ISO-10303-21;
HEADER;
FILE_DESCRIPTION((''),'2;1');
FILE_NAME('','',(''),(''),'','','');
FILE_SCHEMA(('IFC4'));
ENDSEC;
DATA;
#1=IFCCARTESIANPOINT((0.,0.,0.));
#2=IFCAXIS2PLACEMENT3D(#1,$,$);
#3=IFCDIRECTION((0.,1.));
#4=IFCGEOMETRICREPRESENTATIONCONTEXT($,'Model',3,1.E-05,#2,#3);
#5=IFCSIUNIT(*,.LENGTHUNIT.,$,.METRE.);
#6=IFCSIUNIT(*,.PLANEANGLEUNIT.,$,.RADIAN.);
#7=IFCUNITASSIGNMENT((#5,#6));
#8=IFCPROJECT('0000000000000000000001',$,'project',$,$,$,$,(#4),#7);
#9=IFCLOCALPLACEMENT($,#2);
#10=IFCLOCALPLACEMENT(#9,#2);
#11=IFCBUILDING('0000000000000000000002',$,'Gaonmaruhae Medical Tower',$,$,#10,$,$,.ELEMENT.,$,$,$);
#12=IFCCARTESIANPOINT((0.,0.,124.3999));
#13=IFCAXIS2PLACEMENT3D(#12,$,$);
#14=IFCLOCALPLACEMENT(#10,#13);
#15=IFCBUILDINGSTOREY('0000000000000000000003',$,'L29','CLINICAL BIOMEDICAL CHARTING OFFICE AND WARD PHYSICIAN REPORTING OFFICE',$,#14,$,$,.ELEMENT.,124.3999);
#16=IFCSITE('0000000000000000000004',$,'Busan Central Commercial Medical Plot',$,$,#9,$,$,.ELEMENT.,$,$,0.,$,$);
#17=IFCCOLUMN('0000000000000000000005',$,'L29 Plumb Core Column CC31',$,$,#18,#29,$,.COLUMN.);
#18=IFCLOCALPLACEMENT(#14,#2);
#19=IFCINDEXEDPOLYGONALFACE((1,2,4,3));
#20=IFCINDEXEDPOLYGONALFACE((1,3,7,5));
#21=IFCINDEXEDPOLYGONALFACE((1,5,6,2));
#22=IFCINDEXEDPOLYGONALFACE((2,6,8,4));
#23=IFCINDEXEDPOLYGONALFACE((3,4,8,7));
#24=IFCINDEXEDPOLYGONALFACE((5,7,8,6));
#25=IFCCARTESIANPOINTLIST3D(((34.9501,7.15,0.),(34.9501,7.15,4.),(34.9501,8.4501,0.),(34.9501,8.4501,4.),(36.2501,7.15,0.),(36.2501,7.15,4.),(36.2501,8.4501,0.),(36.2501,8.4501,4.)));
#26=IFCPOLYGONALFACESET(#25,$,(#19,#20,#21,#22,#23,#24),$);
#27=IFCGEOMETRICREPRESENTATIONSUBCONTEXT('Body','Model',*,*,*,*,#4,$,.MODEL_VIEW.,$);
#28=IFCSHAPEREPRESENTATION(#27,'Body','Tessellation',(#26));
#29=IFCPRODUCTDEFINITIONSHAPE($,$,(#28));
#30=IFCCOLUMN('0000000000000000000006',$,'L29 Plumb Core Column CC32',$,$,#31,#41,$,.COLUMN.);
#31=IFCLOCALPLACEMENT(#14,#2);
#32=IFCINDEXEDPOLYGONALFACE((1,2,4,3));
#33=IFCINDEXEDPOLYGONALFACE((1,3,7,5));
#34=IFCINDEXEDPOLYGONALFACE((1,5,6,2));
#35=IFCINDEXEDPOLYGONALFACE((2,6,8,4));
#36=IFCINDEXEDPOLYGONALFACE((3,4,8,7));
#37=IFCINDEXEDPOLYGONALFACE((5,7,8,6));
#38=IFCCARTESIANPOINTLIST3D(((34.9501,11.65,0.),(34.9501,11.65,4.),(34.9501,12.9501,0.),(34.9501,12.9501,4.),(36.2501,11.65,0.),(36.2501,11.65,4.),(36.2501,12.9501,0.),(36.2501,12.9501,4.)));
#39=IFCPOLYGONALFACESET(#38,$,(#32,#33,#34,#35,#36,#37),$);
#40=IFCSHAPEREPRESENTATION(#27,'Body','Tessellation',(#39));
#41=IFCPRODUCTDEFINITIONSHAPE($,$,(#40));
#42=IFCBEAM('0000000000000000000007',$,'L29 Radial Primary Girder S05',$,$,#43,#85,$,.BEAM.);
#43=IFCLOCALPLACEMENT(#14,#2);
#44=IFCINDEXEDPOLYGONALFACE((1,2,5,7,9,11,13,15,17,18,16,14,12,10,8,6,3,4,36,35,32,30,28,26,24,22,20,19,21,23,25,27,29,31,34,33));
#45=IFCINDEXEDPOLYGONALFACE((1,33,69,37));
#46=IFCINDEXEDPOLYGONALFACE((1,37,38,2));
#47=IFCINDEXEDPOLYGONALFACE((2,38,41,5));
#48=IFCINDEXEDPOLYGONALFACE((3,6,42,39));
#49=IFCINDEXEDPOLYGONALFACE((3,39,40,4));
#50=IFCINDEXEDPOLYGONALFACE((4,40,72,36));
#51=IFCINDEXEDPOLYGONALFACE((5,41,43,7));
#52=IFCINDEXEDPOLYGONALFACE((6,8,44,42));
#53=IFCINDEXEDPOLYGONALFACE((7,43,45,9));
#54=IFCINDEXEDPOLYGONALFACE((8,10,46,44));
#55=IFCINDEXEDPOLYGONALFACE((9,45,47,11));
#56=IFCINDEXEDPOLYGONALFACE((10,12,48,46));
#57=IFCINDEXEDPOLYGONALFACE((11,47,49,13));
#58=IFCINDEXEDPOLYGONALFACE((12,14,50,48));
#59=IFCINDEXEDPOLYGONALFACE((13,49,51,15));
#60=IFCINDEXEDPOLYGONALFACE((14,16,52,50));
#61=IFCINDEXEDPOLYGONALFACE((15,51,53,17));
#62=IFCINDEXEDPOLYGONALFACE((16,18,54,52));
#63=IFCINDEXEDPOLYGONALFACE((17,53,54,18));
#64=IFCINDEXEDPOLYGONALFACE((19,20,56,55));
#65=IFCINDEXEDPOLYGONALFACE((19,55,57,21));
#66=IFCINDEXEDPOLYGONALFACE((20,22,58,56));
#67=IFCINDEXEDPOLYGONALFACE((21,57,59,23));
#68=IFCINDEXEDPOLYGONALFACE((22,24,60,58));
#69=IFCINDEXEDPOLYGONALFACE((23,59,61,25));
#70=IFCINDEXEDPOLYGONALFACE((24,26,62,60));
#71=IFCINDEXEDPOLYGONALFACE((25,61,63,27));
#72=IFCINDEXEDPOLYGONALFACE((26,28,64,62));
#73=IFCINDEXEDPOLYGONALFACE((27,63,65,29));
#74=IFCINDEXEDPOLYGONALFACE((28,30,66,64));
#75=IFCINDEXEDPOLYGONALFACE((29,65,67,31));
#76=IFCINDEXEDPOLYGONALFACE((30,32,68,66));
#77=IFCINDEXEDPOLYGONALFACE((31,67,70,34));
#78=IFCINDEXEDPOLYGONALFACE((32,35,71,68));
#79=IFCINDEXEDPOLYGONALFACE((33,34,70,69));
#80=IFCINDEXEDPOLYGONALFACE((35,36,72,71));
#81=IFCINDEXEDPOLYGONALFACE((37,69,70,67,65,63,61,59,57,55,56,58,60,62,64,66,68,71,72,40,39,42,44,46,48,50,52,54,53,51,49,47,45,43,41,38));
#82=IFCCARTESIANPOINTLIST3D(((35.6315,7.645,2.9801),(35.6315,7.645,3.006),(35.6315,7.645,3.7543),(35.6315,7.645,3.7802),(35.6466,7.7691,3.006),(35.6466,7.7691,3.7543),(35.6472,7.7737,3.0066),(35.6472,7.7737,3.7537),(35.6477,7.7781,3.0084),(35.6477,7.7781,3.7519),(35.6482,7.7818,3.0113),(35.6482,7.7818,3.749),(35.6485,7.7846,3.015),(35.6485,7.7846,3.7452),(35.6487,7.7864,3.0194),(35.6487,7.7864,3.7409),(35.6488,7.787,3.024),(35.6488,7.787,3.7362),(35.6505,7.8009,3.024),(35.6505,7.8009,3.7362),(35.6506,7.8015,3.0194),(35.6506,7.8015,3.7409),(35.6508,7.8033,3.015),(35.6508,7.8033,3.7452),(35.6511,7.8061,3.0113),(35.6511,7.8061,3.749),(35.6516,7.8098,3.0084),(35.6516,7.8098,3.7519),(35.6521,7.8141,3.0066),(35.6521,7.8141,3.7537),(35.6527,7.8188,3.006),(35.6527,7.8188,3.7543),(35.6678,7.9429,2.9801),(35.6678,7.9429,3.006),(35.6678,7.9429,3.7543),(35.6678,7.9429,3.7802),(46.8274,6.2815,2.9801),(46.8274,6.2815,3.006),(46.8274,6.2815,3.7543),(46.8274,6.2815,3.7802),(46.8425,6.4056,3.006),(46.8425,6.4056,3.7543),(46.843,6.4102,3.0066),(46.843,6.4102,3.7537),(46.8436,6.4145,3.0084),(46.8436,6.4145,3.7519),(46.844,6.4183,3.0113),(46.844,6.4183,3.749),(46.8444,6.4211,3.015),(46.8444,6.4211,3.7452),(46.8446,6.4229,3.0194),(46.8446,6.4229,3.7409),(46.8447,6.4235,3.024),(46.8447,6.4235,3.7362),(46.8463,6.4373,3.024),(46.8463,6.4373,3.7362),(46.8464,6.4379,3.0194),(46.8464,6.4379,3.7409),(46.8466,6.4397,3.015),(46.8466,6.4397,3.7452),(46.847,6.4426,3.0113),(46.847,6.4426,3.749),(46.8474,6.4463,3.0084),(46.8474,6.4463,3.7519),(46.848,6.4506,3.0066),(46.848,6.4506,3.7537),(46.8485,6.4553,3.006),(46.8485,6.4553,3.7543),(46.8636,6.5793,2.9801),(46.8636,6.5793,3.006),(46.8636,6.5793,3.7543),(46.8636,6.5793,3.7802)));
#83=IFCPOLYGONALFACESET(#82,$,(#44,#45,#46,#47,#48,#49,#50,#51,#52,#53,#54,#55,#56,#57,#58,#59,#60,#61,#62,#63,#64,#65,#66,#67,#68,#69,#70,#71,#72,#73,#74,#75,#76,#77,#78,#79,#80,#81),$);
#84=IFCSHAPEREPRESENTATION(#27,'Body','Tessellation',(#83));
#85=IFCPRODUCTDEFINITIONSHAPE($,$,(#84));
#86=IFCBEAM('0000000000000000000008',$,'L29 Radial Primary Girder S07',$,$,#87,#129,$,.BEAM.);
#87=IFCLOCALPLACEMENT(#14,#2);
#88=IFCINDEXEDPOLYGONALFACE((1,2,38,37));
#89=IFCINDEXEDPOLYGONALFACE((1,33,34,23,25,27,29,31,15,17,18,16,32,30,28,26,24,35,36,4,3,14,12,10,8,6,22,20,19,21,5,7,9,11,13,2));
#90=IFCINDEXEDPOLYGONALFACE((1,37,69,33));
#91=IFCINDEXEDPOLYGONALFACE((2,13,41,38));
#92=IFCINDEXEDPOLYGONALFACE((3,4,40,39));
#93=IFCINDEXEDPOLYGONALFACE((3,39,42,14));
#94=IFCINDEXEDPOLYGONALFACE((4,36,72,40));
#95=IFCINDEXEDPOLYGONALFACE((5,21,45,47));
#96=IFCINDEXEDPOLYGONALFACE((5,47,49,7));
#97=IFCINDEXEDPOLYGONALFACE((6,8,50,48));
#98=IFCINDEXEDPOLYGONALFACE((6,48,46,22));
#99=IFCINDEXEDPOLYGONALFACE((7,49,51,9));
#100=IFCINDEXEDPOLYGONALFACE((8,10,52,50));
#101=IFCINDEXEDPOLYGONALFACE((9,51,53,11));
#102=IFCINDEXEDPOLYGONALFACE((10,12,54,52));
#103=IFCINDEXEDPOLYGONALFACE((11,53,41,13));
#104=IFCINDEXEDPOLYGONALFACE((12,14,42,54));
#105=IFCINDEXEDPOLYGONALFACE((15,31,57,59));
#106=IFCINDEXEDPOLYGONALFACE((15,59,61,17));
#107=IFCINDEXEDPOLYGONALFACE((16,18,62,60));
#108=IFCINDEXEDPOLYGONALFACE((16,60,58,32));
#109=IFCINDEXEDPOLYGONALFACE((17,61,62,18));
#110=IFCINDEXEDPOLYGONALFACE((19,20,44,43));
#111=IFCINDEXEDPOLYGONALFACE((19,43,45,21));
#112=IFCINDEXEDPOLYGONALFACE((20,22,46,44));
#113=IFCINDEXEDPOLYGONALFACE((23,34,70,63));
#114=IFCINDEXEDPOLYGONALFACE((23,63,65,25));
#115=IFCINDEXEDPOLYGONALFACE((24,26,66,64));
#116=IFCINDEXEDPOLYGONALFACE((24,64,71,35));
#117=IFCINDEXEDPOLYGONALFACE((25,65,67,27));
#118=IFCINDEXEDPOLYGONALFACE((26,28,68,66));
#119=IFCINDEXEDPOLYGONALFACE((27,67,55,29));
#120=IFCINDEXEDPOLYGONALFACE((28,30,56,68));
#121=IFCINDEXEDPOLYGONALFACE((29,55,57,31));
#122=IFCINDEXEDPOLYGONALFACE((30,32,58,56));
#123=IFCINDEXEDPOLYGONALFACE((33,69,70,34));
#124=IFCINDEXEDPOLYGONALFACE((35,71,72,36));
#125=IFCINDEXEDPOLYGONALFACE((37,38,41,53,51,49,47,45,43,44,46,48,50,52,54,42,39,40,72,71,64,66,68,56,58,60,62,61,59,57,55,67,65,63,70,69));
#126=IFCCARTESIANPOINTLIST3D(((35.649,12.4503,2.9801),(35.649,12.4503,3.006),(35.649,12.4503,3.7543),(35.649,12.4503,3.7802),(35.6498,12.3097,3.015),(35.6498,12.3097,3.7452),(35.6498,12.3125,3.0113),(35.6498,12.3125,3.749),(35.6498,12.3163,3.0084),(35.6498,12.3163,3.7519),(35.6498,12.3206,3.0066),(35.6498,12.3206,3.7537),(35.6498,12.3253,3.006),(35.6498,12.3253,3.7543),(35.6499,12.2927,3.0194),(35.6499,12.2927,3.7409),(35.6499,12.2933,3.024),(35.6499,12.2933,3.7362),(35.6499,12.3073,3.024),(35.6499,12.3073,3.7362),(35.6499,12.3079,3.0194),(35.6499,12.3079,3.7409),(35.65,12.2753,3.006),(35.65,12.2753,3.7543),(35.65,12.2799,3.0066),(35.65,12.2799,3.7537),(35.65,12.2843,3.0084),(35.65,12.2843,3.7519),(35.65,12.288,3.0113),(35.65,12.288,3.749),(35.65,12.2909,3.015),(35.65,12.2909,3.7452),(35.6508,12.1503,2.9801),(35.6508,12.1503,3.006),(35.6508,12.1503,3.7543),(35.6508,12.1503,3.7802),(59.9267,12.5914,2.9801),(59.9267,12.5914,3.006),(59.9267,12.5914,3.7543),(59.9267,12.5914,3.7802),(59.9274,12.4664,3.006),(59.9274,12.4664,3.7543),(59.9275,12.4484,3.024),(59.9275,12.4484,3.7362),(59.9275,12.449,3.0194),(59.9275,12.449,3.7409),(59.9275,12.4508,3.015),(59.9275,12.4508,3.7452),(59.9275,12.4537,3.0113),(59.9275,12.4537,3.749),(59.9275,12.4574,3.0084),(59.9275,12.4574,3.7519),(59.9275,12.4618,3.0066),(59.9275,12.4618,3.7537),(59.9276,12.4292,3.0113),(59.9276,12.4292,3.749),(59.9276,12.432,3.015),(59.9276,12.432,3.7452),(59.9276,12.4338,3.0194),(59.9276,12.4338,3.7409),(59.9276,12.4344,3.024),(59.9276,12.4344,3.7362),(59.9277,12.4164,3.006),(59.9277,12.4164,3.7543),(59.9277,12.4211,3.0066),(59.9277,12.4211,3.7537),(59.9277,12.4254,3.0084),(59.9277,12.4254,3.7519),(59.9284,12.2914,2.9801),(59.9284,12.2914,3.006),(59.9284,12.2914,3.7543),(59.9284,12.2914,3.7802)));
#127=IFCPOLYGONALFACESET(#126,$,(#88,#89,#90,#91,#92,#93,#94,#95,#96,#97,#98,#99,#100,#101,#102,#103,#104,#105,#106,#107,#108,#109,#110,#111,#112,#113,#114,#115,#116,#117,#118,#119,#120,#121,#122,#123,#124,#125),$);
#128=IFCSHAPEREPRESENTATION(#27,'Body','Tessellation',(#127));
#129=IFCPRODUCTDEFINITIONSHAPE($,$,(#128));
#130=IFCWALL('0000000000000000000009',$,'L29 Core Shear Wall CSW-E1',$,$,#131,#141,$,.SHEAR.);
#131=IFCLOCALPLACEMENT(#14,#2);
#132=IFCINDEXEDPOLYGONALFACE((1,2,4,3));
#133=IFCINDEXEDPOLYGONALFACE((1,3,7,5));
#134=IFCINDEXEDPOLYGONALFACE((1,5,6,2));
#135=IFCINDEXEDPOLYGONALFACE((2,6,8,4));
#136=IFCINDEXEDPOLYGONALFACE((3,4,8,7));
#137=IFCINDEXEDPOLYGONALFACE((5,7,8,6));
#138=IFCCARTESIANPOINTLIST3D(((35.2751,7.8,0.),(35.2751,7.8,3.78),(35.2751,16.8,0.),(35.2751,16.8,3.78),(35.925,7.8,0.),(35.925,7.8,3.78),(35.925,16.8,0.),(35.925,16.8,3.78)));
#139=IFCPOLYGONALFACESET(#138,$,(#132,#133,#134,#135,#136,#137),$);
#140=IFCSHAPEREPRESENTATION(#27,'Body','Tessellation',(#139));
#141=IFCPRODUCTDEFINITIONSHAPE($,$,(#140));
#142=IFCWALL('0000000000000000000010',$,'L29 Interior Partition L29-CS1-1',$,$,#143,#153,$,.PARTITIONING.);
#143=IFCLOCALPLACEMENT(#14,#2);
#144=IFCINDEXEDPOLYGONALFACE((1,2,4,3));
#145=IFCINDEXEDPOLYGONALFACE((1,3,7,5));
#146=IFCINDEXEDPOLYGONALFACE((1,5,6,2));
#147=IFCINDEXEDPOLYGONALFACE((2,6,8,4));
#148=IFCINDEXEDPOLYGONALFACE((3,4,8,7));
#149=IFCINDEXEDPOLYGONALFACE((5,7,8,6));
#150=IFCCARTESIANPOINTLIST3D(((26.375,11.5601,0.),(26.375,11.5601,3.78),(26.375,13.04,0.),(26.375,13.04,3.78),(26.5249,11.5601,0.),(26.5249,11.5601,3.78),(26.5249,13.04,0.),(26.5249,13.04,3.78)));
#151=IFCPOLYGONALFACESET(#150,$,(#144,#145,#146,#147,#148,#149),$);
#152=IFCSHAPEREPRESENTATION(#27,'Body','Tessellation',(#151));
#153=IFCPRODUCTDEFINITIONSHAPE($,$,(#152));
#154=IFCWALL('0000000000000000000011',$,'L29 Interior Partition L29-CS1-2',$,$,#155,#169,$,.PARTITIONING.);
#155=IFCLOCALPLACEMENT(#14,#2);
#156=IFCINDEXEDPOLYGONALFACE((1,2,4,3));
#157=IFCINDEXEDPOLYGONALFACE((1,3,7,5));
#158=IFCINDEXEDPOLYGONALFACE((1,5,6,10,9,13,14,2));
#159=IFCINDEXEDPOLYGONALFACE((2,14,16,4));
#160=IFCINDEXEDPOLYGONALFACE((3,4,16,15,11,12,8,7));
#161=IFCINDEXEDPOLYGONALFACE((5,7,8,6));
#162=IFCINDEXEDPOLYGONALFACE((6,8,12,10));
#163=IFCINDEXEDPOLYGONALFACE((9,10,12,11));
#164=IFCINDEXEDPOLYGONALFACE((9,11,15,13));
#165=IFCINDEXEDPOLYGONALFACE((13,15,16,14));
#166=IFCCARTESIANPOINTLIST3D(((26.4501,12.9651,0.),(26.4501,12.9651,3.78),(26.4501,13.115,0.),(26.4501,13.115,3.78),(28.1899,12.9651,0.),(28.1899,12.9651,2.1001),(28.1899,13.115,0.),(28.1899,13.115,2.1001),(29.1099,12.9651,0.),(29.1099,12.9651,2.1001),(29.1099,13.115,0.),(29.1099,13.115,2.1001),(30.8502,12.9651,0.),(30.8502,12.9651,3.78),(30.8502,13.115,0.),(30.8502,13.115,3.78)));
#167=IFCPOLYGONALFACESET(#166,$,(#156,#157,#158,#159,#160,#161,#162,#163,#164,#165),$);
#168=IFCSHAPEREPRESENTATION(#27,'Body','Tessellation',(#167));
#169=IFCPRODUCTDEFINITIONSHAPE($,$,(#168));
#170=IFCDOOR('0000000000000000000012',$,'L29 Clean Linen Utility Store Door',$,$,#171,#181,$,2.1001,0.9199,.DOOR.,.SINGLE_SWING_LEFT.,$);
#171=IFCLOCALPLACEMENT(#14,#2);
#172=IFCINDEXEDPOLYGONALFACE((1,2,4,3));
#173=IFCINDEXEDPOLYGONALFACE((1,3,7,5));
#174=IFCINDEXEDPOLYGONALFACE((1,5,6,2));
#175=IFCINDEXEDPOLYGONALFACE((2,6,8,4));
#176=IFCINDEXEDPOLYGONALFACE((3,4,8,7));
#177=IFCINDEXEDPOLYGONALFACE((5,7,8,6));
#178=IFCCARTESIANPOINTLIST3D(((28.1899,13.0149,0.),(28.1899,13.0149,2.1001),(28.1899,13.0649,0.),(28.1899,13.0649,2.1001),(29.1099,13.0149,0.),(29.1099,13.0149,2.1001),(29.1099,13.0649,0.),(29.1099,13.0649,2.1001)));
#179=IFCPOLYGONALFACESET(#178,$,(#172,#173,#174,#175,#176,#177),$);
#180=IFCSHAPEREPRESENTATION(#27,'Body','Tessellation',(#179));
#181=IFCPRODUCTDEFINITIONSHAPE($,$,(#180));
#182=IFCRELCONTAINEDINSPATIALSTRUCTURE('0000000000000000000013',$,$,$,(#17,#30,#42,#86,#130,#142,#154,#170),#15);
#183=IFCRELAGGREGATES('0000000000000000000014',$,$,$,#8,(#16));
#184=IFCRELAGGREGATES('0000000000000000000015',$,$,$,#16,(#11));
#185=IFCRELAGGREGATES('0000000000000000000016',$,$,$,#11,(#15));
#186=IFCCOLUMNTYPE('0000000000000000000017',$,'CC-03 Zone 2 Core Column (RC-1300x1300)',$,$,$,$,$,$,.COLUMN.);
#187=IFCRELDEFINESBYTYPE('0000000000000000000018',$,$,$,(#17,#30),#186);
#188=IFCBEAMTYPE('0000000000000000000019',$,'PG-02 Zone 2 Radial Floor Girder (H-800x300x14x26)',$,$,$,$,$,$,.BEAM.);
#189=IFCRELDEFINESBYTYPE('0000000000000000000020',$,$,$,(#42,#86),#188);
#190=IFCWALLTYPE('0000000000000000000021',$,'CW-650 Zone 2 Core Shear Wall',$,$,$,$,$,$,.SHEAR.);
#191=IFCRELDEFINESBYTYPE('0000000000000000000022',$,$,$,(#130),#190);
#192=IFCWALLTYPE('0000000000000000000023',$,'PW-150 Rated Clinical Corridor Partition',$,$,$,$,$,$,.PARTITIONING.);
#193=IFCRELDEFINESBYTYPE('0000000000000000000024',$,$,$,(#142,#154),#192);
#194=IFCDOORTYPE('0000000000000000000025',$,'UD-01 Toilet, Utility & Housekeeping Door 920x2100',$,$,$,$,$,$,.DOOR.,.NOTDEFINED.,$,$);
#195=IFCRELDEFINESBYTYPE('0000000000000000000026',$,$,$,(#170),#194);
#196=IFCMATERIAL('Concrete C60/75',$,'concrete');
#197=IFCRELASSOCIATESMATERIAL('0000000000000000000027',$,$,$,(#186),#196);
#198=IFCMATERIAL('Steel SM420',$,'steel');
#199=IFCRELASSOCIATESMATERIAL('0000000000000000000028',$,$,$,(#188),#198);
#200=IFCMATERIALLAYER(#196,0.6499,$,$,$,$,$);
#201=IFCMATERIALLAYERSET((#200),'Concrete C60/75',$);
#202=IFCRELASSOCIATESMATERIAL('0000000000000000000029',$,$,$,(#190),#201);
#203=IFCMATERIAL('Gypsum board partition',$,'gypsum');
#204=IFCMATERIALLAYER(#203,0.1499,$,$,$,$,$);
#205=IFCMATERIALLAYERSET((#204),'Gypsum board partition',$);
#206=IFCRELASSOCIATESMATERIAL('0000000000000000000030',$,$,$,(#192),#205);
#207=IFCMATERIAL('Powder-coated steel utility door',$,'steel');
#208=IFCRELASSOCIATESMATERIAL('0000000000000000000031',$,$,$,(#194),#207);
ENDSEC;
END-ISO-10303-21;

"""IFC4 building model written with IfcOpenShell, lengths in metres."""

from ifc_helpers import new_model, si_unit, direction, frame, frame_2d, origin, origin_2d, place, context, subcontext, project, spatial, rectangle, i_section, extrude, material, layer, layer_set, material_profile, profile_set, type_object, element, fill, save


model = new_model("IFC4")

# Units and contexts
model_context = context("Model", 3, precision=1e-05, world=origin(), true_north=direction((0.0, 1.0)))
body_context = subcontext(model_context, "Body", "Model", "MODEL_VIEW")
ifc_project = project(units=[si_unit("LENGTHUNIT", "METRE"), si_unit("PLANEANGLEUNIT", "RADIAN")], contexts=[model_context])

# Site, building, storey
site_placement = place(None, origin())
site = spatial("IfcSite", under=ifc_project, at=site_placement, Name="Busan Central Commercial Medical Plot", CompositionType="ELEMENT", RefElevation=0.0)
building_placement = place(site_placement, origin())
building = spatial("IfcBuilding", under=site, at=building_placement, Name="Gaonmaruhae Medical Tower", CompositionType="ELEMENT")
storey_placement = place(building_placement, frame((0.0, 0.0, 124.3999)))
storey = spatial("IfcBuildingStorey", under=building, at=storey_placement, Name="L29", Description="CLINICAL BIOMEDICAL CHARTING OFFICE AND WARD PHYSICIAN REPORTING OFFICE", CompositionType="ELEMENT", Elevation=124.3999)

# Columns
ifc_material_1 = material(Name="Concrete C60/75", Category="concrete")
ifc_material_profile_1 = material_profile(ifc_material_1, rectangle(XDim=1.3, YDim=1.3, at=origin_2d()), Name="RC-1300x1300")
ifc_profile_set_1 = profile_set([ifc_material_profile_1], Name="Concrete C60/75")
column_type = type_object("IfcColumnType", Name="CC-03 Zone 2 Core Column (RC-1300x1300)", PredefinedType="COLUMN", material=ifc_profile_set_1)
for number, where, z_axis, x_axis, name in (
    (1, (35.6001, 7.8, 0.0), (0.0, 0.0, 1.0), (1.0, 0.0, 0.0), "L29 Plumb Core Column CC31"),
    (2, (35.6001, 12.3, 0.0), (0.0, 0.0, 1.0), (1.0, 0.0, 0.0), "L29 Plumb Core Column CC32"),
):
    element("IfcColumn", number, at=place(storey_placement, frame(where, z_axis=z_axis, x_axis=x_axis)), inside=storey, type_object=column_type, Name=name, PredefinedType="COLUMN", context=body_context, shape_type="SweptSolid", body=[
        extrude(rectangle(XDim=1.3, YDim=1.3, at=origin_2d()), origin(), (0.0, 0.0, 1.0), 4.0),
    ])

# Beams
ifc_material_2 = material(Name="Steel SM420", Category="steel")
ifc_material_profile_2 = material_profile(ifc_material_2, i_section(OverallWidth=0.3, OverallDepth=0.8, WebThickness=0.0139, FlangeThickness=0.0259, FilletRadius=0.0181, at=origin_2d()), Name="H-800x300x14x26")
ifc_profile_set_2 = profile_set([ifc_material_profile_2], Name="Steel SM420")
beam_type = type_object("IfcBeamType", Name="PG-02 Zone 2 Radial Floor Girder (H-800x300x14x26)", PredefinedType="BEAM", material=ifc_profile_set_2)
beam_1_placement = place(storey_placement, frame((35.6497, 7.7939, 3.3801), z_axis=(0.992665, -0.120896, 0.0), x_axis=(0.120896, 0.992665, 0.0)))
element("IfcBeam", 3, at=beam_1_placement, inside=storey, type_object=beam_type, Name="L29 Radial Primary Girder S05", PredefinedType="BEAM", context=body_context, shape_type="SweptSolid", body=[
    extrude(i_section(OverallWidth=0.3, OverallDepth=0.8, WebThickness=0.0139, FlangeThickness=0.0259, FilletRadius=0.0181, at=origin_2d()), origin(), (0.0, 0.0, 1.0), 11.2786),
])
beam_2_placement = place(storey_placement, frame((35.6499, 12.3003, 3.3801), z_axis=(0.999983, 0.005812, 0.0), x_axis=(-0.005812, 0.999983, 0.0)))
element("IfcBeam", 4, at=beam_2_placement, inside=storey, type_object=beam_type, Name="L29 Radial Primary Girder S07", PredefinedType="BEAM", context=body_context, shape_type="SweptSolid", body=[
    extrude(i_section(OverallWidth=0.3, OverallDepth=0.8, WebThickness=0.0139, FlangeThickness=0.0259, FilletRadius=0.0181, at=origin_2d()), origin(), (0.0, 0.0, 1.0), 24.2781),
])

# Walls
ifc_layer_1 = layer(ifc_material_1, 0.6499)
ifc_layer_set_1 = layer_set([ifc_layer_1], Name="Concrete C60/75")
wall_type_1 = type_object("IfcWallType", Name="CW-650 Zone 2 Core Shear Wall", PredefinedType="SHEAR", material=ifc_layer_set_1)
wall_1_placement = place(storey_placement, frame((35.6001, 7.8, 0.0), z_axis=(0.0, 0.0, 1.0), x_axis=(0.0, 1.0, 0.0)))
element("IfcWall", 5, at=wall_1_placement, inside=storey, type_object=wall_type_1, Name="L29 Core Shear Wall CSW-E1", PredefinedType="SHEAR", context=body_context, shape_type="SweptSolid", body=[
    extrude(rectangle(XDim=9.0, YDim=0.6499, at=frame_2d((4.5, 0.0))), origin(), (0.0, 0.0, 1.0), 3.78),
])
ifc_material_3 = material(Name="Gypsum board partition", Category="gypsum")
ifc_layer_2 = layer(ifc_material_3, 0.1499)
ifc_layer_set_2 = layer_set([ifc_layer_2], Name="Gypsum board partition")
wall_type_2 = type_object("IfcWallType", Name="PW-150 Rated Clinical Corridor Partition", PredefinedType="PARTITIONING", material=ifc_layer_set_2)
wall_2_placement = place(storey_placement, frame((26.45, 11.5601, 0.0), z_axis=(0.0, 0.0, 1.0), x_axis=(0.0, 1.0, 0.0)))
element("IfcWall", 6, at=wall_2_placement, inside=storey, type_object=wall_type_2, Name="L29 Interior Partition L29-CS1-1", PredefinedType="PARTITIONING", context=body_context, shape_type="SweptSolid", body=[
    extrude(rectangle(XDim=1.48, YDim=0.1499, at=frame_2d((0.74, 0.0))), origin(), (0.0, 0.0, 1.0), 3.78),
])

# Wall, opening, door
wall_3_placement = place(storey_placement, frame((26.45, 13.04, 0.0), z_axis=(0.0, 0.0, 1.0), x_axis=(1.0, 0.0, 0.0)))
wall_3 = element("IfcWall", 7, at=wall_3_placement, inside=storey, type_object=wall_type_2, Name="L29 Interior Partition L29-CS1-2", PredefinedType="PARTITIONING", context=body_context, shape_type="SweptSolid", body=[
    extrude(rectangle(XDim=4.4001, YDim=0.1499, at=frame_2d((2.2002, 0.0))), origin(), (0.0, 0.0, 1.0), 3.78),
])
opening_1_placement = place(wall_3_placement, frame((1.74, 0.0, 0.0)))
opening_1 = element("IfcOpeningElement", 8, at=opening_1_placement, cuts=wall_3, PredefinedType="OPENING", context=body_context, shape_type="SweptSolid", body=[
    extrude(rectangle(XDim=0.9199, YDim=2.1001, at=frame_2d((0.46, 1.05))), frame((0.0, 0.085, 0.0), z_axis=(0.0, -1.0, 0.0), x_axis=(1.0, 0.0, 0.0)), (0.0, 0.0, 1.0), 0.1699),
])
ifc_material_4 = material(Name="Powder-coated steel utility door", Category="steel")
door_type_1 = type_object("IfcDoorType", Name="UD-01 Toilet, Utility & Housekeeping Door 920x2100", OperationType="NOTDEFINED", PredefinedType="DOOR", material=ifc_material_4)
door_1_placement = place(opening_1_placement, origin())
door_1 = element("IfcDoor", 9, at=door_1_placement, inside=storey, type_object=door_type_1, Name="L29 Clean Linen Utility Store Door", OperationType="SINGLE_SWING_LEFT", OverallHeight=2.1001, OverallWidth=0.9199, PredefinedType="DOOR", context=body_context, shape_type="SweptSolid", body=[
    extrude(rectangle(XDim=0.9199, YDim=2.1001, at=frame_2d((0.46, 1.05))), frame((0.0, 0.0249, 0.0), z_axis=(0.0, -1.0, 0.0), x_axis=(1.0, 0.0, 0.0)), (0.0, 0.0, 1.0), 0.05),
])
fill(opening_1, door_1)

save(model, "model.ifc")
